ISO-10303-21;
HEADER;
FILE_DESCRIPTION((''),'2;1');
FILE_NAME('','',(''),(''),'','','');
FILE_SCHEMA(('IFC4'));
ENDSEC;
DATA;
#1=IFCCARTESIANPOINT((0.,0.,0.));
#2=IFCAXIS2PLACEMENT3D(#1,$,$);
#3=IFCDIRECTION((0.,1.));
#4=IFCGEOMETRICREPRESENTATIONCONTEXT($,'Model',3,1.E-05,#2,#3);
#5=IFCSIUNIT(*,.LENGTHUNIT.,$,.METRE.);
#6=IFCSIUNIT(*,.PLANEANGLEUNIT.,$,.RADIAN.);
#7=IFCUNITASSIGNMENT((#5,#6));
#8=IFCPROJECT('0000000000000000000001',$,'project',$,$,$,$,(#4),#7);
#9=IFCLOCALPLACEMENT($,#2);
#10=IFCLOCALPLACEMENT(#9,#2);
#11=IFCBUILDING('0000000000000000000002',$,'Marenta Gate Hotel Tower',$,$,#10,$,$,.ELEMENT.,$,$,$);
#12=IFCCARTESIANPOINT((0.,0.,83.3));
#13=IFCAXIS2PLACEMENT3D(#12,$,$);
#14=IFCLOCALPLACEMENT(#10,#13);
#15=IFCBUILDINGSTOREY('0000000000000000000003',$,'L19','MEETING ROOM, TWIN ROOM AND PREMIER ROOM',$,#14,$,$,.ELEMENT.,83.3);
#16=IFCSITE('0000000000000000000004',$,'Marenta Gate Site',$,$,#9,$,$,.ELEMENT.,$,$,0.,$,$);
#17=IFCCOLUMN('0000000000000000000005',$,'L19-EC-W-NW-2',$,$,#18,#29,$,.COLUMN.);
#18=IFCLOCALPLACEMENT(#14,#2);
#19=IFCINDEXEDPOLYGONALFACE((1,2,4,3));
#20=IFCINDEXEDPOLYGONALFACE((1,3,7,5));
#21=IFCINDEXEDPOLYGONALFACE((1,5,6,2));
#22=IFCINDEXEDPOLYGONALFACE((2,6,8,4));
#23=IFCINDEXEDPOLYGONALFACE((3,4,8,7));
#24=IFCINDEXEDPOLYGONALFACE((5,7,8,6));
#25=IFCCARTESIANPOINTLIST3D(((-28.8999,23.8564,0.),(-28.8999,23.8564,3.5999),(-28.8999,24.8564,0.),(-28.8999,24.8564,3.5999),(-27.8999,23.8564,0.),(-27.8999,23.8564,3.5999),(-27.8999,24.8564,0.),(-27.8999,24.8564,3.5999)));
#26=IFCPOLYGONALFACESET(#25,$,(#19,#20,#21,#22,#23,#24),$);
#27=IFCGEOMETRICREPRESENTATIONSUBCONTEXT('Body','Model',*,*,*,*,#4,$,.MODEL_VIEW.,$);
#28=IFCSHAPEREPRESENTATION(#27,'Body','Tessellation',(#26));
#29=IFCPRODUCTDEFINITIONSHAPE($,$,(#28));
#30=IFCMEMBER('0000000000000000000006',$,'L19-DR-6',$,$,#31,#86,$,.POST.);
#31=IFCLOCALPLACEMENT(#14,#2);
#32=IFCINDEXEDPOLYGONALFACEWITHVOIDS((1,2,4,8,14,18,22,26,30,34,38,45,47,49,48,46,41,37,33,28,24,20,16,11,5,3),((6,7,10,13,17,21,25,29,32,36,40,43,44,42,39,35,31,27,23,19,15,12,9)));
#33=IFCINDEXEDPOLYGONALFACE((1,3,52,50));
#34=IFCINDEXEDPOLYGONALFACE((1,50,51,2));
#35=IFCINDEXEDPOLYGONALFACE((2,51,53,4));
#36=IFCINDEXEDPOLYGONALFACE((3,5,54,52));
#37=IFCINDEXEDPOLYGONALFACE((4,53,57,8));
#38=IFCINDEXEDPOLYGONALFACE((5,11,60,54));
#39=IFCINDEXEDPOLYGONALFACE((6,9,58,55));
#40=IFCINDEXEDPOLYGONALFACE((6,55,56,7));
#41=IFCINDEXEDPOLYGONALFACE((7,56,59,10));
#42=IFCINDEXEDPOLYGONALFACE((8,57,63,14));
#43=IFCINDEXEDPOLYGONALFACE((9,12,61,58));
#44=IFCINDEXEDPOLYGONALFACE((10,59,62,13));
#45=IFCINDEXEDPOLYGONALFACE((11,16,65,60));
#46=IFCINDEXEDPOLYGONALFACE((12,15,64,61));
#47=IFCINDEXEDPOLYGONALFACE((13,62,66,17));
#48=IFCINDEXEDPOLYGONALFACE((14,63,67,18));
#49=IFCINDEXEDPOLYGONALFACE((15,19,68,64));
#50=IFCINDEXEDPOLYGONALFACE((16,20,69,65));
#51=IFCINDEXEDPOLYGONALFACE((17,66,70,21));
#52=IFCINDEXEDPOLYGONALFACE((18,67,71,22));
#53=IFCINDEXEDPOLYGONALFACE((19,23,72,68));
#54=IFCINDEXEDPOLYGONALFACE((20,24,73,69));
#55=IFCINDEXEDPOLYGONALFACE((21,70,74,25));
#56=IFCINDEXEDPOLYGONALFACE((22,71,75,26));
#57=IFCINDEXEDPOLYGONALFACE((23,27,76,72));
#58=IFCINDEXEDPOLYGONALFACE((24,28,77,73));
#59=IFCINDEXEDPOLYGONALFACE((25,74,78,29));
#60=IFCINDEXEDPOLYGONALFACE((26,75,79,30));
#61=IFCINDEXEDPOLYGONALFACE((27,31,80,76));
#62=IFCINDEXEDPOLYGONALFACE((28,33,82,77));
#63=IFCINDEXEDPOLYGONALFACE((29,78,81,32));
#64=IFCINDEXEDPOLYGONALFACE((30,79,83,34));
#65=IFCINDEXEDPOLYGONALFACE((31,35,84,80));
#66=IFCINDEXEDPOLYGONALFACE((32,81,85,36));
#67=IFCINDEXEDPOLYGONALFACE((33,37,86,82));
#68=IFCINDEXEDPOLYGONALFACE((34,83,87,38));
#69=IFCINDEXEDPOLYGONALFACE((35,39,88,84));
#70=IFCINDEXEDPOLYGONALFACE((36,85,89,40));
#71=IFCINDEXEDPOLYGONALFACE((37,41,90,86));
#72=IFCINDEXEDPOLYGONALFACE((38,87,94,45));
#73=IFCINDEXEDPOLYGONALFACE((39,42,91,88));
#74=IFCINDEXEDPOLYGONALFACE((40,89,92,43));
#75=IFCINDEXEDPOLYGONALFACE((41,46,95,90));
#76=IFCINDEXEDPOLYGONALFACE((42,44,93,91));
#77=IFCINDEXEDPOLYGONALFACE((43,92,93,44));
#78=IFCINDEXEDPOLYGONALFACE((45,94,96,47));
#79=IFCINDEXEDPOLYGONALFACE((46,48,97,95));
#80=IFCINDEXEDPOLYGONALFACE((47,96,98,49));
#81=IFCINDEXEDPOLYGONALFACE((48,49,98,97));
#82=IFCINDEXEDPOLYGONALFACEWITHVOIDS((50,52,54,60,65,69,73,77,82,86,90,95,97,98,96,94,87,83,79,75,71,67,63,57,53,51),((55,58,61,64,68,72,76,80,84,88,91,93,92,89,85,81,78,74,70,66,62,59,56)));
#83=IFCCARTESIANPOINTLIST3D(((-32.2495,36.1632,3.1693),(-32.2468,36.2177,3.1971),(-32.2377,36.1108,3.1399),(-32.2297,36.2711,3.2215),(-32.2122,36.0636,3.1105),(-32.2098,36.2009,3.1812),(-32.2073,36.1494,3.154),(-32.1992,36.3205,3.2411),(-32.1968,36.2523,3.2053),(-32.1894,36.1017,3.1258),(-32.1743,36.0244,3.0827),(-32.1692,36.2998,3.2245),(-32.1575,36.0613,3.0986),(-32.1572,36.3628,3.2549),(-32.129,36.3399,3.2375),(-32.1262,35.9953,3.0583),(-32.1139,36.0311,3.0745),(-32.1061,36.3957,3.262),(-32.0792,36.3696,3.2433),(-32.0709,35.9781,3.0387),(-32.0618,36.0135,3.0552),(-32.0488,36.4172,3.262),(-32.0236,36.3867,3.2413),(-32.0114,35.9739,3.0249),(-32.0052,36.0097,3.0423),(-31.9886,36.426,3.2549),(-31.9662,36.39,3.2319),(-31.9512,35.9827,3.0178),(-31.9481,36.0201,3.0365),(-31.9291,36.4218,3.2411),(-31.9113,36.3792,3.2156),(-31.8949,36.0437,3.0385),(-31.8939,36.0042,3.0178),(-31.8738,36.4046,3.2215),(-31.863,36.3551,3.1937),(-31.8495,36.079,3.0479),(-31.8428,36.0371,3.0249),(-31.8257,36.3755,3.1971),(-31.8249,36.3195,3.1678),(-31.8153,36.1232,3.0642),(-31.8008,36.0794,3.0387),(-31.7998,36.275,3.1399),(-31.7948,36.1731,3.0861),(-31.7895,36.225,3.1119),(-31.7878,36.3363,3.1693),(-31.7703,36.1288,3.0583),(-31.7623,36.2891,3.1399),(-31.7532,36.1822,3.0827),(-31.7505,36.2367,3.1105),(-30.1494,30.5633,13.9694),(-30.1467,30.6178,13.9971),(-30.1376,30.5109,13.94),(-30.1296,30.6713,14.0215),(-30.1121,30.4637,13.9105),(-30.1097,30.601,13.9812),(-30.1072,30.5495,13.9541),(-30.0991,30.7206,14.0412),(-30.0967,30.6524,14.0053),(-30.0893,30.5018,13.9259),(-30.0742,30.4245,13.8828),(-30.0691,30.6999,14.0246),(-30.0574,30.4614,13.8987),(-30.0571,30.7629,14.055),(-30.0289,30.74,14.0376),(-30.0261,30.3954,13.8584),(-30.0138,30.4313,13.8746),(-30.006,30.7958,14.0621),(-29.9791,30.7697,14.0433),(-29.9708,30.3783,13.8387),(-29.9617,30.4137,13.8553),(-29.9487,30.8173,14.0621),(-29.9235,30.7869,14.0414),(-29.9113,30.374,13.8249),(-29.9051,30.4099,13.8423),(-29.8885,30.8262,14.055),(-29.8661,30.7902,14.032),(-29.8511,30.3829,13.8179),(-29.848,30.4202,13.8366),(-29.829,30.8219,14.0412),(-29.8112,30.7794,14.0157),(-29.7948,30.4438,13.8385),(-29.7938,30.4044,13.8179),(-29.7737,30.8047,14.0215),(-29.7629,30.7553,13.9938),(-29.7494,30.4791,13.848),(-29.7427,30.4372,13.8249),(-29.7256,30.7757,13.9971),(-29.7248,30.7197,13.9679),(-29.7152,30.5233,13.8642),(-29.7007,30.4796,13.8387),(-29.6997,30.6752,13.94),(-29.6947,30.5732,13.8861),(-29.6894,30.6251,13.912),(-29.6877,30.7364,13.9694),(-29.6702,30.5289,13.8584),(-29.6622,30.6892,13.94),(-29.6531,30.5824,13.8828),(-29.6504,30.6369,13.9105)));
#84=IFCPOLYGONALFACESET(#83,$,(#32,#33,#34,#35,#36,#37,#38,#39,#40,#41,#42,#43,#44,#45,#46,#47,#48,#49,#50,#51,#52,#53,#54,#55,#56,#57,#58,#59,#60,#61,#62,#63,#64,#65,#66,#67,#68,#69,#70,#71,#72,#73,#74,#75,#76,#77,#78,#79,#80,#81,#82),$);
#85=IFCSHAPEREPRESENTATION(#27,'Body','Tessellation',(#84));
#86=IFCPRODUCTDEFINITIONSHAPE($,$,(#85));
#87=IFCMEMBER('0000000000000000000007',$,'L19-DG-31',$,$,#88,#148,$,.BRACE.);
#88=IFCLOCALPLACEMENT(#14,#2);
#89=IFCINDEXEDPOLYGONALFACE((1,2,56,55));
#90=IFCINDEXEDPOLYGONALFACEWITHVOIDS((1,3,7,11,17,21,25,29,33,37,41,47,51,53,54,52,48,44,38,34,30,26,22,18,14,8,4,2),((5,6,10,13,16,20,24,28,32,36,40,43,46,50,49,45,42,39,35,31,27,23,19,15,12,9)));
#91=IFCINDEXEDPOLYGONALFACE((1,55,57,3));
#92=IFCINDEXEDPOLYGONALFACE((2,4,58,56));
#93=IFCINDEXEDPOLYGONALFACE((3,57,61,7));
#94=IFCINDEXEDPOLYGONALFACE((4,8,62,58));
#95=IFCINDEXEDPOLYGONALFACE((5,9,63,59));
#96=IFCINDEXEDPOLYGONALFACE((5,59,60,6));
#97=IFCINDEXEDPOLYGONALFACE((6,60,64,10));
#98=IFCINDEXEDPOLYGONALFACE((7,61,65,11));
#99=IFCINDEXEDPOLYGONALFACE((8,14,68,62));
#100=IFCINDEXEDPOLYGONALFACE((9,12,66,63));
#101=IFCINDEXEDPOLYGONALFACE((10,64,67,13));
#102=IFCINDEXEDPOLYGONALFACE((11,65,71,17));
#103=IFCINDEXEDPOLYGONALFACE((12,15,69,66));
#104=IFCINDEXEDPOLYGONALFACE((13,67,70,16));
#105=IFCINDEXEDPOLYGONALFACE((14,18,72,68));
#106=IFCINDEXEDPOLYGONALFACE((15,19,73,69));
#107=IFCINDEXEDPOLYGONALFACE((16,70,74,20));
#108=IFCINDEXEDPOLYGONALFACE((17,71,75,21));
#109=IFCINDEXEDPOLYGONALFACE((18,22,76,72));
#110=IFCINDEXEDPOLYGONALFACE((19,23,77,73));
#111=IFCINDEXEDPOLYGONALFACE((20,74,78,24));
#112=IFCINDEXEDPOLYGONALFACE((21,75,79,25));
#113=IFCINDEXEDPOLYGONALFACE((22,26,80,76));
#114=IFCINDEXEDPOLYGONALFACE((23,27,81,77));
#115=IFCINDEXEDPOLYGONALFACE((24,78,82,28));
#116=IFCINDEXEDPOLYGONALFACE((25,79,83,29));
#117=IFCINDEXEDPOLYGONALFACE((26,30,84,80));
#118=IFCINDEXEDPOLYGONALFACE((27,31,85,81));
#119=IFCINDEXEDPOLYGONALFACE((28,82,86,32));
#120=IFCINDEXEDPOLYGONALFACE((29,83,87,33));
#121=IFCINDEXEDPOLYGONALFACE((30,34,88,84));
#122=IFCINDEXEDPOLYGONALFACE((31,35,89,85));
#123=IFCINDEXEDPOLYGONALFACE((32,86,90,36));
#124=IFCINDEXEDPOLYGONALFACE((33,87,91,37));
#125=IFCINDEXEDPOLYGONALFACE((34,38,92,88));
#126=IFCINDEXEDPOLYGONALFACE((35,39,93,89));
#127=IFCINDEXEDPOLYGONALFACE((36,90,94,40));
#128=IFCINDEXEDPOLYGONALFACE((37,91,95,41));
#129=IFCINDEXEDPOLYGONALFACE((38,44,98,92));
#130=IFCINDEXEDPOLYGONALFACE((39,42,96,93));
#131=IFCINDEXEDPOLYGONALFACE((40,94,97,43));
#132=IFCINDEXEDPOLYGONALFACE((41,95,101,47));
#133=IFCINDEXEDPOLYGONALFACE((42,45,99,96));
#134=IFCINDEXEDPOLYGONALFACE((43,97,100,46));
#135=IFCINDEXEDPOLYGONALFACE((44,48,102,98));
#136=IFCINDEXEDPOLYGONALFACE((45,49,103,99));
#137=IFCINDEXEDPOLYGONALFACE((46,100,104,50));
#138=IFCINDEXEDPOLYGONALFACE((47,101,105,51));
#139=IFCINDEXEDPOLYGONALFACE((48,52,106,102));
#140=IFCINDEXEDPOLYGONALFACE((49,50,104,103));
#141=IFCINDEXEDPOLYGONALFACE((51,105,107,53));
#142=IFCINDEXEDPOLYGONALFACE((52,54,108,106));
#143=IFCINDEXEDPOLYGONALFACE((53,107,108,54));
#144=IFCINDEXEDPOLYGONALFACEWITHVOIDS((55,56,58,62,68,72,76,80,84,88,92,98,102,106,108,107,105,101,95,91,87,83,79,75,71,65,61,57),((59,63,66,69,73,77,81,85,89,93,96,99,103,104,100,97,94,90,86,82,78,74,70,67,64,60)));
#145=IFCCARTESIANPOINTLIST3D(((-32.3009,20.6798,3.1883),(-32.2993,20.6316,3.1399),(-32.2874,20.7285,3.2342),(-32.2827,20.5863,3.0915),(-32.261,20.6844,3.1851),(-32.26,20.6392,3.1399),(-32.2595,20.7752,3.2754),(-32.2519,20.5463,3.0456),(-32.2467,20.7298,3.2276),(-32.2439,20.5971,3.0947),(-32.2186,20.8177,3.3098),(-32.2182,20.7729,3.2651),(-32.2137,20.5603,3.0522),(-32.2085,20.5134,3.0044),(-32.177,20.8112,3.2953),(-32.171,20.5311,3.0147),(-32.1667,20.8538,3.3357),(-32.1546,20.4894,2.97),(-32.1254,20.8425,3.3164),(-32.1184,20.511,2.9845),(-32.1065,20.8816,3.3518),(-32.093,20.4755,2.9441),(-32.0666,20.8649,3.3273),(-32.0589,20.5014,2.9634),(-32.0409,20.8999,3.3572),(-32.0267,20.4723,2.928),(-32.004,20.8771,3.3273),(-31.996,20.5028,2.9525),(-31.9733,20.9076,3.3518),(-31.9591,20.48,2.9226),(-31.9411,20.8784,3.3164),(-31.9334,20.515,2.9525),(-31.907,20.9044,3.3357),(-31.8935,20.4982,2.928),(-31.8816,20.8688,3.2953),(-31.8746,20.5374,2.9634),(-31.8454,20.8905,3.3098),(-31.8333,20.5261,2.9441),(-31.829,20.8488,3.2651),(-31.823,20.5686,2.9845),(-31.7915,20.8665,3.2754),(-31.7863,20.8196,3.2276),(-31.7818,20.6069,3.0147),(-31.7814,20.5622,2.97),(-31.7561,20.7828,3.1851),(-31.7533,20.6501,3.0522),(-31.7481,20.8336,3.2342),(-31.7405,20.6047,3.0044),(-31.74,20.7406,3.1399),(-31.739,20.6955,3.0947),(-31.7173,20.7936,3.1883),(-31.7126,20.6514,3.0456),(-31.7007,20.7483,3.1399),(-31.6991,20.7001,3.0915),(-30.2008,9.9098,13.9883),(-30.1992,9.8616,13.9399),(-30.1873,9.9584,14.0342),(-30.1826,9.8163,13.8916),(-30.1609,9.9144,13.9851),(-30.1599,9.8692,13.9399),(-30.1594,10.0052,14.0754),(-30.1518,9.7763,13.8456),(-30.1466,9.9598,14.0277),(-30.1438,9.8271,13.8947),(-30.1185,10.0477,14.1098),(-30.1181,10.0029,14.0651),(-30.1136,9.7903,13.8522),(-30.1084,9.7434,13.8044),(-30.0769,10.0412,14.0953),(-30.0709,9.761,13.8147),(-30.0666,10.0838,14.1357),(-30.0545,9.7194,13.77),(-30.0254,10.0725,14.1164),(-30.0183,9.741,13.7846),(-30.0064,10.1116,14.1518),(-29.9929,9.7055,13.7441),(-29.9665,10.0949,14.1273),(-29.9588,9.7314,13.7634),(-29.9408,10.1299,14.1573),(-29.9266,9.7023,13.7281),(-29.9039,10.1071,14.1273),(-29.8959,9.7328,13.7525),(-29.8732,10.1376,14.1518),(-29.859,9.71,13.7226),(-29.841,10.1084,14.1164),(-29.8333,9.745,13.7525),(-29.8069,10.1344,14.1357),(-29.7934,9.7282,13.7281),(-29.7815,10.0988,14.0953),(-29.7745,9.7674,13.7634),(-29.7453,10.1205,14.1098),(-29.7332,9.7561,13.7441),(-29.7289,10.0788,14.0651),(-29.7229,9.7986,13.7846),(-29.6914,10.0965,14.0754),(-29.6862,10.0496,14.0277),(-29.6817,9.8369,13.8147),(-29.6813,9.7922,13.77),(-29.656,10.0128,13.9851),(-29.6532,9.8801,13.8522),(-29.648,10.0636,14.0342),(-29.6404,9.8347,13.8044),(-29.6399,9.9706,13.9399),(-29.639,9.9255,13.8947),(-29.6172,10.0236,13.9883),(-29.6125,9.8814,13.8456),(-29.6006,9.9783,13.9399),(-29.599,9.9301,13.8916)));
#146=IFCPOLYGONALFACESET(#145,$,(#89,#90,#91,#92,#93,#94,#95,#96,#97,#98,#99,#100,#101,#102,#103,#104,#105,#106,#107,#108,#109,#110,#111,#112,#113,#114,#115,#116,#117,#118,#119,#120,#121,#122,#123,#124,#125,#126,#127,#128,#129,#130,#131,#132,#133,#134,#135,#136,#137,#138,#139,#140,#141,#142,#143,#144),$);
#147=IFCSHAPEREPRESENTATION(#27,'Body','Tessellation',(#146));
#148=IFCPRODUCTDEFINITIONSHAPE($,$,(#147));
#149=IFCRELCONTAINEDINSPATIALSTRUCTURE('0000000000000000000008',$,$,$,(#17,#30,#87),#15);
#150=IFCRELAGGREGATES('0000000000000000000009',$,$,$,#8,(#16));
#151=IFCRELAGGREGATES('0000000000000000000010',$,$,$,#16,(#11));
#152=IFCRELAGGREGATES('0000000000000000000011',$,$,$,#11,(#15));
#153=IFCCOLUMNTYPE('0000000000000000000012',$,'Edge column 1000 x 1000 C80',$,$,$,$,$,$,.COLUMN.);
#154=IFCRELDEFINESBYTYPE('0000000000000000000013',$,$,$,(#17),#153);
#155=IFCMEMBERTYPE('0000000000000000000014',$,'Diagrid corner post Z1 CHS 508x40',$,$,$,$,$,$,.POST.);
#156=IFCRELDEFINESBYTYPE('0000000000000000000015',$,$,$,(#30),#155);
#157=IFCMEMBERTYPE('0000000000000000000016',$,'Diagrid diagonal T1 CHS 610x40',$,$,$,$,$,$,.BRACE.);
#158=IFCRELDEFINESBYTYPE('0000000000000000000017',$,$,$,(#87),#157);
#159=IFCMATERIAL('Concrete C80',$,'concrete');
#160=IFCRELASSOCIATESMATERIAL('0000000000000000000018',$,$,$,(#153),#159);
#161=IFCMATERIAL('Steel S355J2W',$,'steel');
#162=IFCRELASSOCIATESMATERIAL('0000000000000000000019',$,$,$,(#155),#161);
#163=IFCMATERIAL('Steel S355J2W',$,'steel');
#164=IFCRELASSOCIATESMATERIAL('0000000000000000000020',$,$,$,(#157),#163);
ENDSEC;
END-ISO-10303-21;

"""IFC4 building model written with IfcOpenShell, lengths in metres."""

from ifc_helpers import new_model, si_unit, direction, frame, origin, origin_2d, place, context, subcontext, project, spatial, rectangle, hollow_circle, extrude, material, material_profile, profile_set, type_object, element, save


model = new_model("IFC4")

# Units and contexts
model_context = context("Model", 3, precision=1e-05, world=origin(), true_north=direction((0.0, 1.0)))
body_context = subcontext(model_context, "Body", "Model", "MODEL_VIEW")
ifc_project = project(units=[si_unit("LENGTHUNIT", "METRE"), si_unit("PLANEANGLEUNIT", "RADIAN")], contexts=[model_context])

# Site, building, storey
site_placement = place(None, origin())
site = spatial("IfcSite", under=ifc_project, at=site_placement, Name="Marenta Gate Site", CompositionType="ELEMENT", RefElevation=0.0)
building_placement = place(site_placement, origin())
building = spatial("IfcBuilding", under=site, at=building_placement, Name="Marenta Gate Hotel Tower", CompositionType="ELEMENT")
storey_placement = place(building_placement, frame((0.0, 0.0, 83.3)))
storey = spatial("IfcBuildingStorey", under=building, at=storey_placement, Name="L19", Description="MEETING ROOM, TWIN ROOM AND PREMIER ROOM", CompositionType="ELEMENT", Elevation=83.3)

# Column
ifc_material_1 = material(Name="Concrete C80", Category="concrete")
ifc_material_profile_1 = material_profile(ifc_material_1, rectangle(XDim=1.0, YDim=1.0, at=origin_2d()), Name="1000 x 1000")
ifc_profile_set_1 = profile_set([ifc_material_profile_1], Name="Concrete C80")
column_type = type_object("IfcColumnType", Name="Edge column 1000 x 1000 C80", PredefinedType="COLUMN", material=ifc_profile_set_1)
column_placement = place(storey_placement, frame((-28.3999, 24.3564, 0.0), z_axis=(0.0, 0.0, 1.0), x_axis=(1.0, 0.0, 0.0)))
element("IfcColumn", 1, at=column_placement, inside=storey, type_object=column_type, Name="L19-EC-W-NW-2", PredefinedType="COLUMN", context=body_context, shape_type="SweptSolid", body=[
    extrude(rectangle(XDim=1.0, YDim=1.0, at=origin_2d()), origin(), (0.0, 0.0, 1.0), 3.5999),
])

# Members
ifc_material_2 = material(Name="Steel S355J2W", Category="steel")
ifc_material_profile_2 = material_profile(ifc_material_2, hollow_circle(Radius=0.2539, WallThickness=0.04, at=origin_2d()), Name="CHS 508x40")
ifc_profile_set_2 = profile_set([ifc_material_profile_2], Name="Steel S355J2W")
member_type_1 = type_object("IfcMemberType", Name="Diagrid corner post Z1 CHS 508x40", PredefinedType="POST", material=ifc_profile_set_2)
member_1_placement = place(storey_placement, frame((-32.0, 36.2, 3.1399), z_axis=(0.170111, -0.453597, 0.874821), x_axis=(0.936321, 0.351146, 0.0)))
element("IfcMember", 2, at=member_1_placement, inside=storey, type_object=member_type_1, Name="L19-DR-6", PredefinedType="POST", context=body_context, shape_type="SweptSolid", body=[
    extrude(hollow_circle(Radius=0.2539, WallThickness=0.04, at=origin_2d()), origin(), (0.0, 0.0, 1.0), 12.3455),
])
ifc_material_3 = material(Name="Steel S355J2W", Category="steel")
ifc_material_profile_3 = material_profile(ifc_material_3, hollow_circle(Radius=0.3049, WallThickness=0.04, at=origin_2d()), Name="CHS 610x40")
ifc_profile_set_3 = profile_set([ifc_material_profile_3], Name="Steel S355J2W")
member_type_2 = type_object("IfcMemberType", Name="Diagrid diagonal T1 CHS 610x40", PredefinedType="BRACE", material=ifc_profile_set_3)
member_2_placement = place(storey_placement, frame((-32.0, 20.6899, 3.1399), z_axis=(0.136403, -0.699522, 0.701472), x_axis=(0.981514, 0.19139, 0.0)))
element("IfcMember", 3, at=member_2_placement, inside=storey, type_object=member_type_2, Name="L19-DG-31", PredefinedType="BRACE", context=body_context, shape_type="SweptSolid", body=[
    extrude(hollow_circle(Radius=0.3049, WallThickness=0.04, at=origin_2d()), origin(), (0.0, 0.0, 1.0), 15.3962),
])

save(model, "model.ifc")
